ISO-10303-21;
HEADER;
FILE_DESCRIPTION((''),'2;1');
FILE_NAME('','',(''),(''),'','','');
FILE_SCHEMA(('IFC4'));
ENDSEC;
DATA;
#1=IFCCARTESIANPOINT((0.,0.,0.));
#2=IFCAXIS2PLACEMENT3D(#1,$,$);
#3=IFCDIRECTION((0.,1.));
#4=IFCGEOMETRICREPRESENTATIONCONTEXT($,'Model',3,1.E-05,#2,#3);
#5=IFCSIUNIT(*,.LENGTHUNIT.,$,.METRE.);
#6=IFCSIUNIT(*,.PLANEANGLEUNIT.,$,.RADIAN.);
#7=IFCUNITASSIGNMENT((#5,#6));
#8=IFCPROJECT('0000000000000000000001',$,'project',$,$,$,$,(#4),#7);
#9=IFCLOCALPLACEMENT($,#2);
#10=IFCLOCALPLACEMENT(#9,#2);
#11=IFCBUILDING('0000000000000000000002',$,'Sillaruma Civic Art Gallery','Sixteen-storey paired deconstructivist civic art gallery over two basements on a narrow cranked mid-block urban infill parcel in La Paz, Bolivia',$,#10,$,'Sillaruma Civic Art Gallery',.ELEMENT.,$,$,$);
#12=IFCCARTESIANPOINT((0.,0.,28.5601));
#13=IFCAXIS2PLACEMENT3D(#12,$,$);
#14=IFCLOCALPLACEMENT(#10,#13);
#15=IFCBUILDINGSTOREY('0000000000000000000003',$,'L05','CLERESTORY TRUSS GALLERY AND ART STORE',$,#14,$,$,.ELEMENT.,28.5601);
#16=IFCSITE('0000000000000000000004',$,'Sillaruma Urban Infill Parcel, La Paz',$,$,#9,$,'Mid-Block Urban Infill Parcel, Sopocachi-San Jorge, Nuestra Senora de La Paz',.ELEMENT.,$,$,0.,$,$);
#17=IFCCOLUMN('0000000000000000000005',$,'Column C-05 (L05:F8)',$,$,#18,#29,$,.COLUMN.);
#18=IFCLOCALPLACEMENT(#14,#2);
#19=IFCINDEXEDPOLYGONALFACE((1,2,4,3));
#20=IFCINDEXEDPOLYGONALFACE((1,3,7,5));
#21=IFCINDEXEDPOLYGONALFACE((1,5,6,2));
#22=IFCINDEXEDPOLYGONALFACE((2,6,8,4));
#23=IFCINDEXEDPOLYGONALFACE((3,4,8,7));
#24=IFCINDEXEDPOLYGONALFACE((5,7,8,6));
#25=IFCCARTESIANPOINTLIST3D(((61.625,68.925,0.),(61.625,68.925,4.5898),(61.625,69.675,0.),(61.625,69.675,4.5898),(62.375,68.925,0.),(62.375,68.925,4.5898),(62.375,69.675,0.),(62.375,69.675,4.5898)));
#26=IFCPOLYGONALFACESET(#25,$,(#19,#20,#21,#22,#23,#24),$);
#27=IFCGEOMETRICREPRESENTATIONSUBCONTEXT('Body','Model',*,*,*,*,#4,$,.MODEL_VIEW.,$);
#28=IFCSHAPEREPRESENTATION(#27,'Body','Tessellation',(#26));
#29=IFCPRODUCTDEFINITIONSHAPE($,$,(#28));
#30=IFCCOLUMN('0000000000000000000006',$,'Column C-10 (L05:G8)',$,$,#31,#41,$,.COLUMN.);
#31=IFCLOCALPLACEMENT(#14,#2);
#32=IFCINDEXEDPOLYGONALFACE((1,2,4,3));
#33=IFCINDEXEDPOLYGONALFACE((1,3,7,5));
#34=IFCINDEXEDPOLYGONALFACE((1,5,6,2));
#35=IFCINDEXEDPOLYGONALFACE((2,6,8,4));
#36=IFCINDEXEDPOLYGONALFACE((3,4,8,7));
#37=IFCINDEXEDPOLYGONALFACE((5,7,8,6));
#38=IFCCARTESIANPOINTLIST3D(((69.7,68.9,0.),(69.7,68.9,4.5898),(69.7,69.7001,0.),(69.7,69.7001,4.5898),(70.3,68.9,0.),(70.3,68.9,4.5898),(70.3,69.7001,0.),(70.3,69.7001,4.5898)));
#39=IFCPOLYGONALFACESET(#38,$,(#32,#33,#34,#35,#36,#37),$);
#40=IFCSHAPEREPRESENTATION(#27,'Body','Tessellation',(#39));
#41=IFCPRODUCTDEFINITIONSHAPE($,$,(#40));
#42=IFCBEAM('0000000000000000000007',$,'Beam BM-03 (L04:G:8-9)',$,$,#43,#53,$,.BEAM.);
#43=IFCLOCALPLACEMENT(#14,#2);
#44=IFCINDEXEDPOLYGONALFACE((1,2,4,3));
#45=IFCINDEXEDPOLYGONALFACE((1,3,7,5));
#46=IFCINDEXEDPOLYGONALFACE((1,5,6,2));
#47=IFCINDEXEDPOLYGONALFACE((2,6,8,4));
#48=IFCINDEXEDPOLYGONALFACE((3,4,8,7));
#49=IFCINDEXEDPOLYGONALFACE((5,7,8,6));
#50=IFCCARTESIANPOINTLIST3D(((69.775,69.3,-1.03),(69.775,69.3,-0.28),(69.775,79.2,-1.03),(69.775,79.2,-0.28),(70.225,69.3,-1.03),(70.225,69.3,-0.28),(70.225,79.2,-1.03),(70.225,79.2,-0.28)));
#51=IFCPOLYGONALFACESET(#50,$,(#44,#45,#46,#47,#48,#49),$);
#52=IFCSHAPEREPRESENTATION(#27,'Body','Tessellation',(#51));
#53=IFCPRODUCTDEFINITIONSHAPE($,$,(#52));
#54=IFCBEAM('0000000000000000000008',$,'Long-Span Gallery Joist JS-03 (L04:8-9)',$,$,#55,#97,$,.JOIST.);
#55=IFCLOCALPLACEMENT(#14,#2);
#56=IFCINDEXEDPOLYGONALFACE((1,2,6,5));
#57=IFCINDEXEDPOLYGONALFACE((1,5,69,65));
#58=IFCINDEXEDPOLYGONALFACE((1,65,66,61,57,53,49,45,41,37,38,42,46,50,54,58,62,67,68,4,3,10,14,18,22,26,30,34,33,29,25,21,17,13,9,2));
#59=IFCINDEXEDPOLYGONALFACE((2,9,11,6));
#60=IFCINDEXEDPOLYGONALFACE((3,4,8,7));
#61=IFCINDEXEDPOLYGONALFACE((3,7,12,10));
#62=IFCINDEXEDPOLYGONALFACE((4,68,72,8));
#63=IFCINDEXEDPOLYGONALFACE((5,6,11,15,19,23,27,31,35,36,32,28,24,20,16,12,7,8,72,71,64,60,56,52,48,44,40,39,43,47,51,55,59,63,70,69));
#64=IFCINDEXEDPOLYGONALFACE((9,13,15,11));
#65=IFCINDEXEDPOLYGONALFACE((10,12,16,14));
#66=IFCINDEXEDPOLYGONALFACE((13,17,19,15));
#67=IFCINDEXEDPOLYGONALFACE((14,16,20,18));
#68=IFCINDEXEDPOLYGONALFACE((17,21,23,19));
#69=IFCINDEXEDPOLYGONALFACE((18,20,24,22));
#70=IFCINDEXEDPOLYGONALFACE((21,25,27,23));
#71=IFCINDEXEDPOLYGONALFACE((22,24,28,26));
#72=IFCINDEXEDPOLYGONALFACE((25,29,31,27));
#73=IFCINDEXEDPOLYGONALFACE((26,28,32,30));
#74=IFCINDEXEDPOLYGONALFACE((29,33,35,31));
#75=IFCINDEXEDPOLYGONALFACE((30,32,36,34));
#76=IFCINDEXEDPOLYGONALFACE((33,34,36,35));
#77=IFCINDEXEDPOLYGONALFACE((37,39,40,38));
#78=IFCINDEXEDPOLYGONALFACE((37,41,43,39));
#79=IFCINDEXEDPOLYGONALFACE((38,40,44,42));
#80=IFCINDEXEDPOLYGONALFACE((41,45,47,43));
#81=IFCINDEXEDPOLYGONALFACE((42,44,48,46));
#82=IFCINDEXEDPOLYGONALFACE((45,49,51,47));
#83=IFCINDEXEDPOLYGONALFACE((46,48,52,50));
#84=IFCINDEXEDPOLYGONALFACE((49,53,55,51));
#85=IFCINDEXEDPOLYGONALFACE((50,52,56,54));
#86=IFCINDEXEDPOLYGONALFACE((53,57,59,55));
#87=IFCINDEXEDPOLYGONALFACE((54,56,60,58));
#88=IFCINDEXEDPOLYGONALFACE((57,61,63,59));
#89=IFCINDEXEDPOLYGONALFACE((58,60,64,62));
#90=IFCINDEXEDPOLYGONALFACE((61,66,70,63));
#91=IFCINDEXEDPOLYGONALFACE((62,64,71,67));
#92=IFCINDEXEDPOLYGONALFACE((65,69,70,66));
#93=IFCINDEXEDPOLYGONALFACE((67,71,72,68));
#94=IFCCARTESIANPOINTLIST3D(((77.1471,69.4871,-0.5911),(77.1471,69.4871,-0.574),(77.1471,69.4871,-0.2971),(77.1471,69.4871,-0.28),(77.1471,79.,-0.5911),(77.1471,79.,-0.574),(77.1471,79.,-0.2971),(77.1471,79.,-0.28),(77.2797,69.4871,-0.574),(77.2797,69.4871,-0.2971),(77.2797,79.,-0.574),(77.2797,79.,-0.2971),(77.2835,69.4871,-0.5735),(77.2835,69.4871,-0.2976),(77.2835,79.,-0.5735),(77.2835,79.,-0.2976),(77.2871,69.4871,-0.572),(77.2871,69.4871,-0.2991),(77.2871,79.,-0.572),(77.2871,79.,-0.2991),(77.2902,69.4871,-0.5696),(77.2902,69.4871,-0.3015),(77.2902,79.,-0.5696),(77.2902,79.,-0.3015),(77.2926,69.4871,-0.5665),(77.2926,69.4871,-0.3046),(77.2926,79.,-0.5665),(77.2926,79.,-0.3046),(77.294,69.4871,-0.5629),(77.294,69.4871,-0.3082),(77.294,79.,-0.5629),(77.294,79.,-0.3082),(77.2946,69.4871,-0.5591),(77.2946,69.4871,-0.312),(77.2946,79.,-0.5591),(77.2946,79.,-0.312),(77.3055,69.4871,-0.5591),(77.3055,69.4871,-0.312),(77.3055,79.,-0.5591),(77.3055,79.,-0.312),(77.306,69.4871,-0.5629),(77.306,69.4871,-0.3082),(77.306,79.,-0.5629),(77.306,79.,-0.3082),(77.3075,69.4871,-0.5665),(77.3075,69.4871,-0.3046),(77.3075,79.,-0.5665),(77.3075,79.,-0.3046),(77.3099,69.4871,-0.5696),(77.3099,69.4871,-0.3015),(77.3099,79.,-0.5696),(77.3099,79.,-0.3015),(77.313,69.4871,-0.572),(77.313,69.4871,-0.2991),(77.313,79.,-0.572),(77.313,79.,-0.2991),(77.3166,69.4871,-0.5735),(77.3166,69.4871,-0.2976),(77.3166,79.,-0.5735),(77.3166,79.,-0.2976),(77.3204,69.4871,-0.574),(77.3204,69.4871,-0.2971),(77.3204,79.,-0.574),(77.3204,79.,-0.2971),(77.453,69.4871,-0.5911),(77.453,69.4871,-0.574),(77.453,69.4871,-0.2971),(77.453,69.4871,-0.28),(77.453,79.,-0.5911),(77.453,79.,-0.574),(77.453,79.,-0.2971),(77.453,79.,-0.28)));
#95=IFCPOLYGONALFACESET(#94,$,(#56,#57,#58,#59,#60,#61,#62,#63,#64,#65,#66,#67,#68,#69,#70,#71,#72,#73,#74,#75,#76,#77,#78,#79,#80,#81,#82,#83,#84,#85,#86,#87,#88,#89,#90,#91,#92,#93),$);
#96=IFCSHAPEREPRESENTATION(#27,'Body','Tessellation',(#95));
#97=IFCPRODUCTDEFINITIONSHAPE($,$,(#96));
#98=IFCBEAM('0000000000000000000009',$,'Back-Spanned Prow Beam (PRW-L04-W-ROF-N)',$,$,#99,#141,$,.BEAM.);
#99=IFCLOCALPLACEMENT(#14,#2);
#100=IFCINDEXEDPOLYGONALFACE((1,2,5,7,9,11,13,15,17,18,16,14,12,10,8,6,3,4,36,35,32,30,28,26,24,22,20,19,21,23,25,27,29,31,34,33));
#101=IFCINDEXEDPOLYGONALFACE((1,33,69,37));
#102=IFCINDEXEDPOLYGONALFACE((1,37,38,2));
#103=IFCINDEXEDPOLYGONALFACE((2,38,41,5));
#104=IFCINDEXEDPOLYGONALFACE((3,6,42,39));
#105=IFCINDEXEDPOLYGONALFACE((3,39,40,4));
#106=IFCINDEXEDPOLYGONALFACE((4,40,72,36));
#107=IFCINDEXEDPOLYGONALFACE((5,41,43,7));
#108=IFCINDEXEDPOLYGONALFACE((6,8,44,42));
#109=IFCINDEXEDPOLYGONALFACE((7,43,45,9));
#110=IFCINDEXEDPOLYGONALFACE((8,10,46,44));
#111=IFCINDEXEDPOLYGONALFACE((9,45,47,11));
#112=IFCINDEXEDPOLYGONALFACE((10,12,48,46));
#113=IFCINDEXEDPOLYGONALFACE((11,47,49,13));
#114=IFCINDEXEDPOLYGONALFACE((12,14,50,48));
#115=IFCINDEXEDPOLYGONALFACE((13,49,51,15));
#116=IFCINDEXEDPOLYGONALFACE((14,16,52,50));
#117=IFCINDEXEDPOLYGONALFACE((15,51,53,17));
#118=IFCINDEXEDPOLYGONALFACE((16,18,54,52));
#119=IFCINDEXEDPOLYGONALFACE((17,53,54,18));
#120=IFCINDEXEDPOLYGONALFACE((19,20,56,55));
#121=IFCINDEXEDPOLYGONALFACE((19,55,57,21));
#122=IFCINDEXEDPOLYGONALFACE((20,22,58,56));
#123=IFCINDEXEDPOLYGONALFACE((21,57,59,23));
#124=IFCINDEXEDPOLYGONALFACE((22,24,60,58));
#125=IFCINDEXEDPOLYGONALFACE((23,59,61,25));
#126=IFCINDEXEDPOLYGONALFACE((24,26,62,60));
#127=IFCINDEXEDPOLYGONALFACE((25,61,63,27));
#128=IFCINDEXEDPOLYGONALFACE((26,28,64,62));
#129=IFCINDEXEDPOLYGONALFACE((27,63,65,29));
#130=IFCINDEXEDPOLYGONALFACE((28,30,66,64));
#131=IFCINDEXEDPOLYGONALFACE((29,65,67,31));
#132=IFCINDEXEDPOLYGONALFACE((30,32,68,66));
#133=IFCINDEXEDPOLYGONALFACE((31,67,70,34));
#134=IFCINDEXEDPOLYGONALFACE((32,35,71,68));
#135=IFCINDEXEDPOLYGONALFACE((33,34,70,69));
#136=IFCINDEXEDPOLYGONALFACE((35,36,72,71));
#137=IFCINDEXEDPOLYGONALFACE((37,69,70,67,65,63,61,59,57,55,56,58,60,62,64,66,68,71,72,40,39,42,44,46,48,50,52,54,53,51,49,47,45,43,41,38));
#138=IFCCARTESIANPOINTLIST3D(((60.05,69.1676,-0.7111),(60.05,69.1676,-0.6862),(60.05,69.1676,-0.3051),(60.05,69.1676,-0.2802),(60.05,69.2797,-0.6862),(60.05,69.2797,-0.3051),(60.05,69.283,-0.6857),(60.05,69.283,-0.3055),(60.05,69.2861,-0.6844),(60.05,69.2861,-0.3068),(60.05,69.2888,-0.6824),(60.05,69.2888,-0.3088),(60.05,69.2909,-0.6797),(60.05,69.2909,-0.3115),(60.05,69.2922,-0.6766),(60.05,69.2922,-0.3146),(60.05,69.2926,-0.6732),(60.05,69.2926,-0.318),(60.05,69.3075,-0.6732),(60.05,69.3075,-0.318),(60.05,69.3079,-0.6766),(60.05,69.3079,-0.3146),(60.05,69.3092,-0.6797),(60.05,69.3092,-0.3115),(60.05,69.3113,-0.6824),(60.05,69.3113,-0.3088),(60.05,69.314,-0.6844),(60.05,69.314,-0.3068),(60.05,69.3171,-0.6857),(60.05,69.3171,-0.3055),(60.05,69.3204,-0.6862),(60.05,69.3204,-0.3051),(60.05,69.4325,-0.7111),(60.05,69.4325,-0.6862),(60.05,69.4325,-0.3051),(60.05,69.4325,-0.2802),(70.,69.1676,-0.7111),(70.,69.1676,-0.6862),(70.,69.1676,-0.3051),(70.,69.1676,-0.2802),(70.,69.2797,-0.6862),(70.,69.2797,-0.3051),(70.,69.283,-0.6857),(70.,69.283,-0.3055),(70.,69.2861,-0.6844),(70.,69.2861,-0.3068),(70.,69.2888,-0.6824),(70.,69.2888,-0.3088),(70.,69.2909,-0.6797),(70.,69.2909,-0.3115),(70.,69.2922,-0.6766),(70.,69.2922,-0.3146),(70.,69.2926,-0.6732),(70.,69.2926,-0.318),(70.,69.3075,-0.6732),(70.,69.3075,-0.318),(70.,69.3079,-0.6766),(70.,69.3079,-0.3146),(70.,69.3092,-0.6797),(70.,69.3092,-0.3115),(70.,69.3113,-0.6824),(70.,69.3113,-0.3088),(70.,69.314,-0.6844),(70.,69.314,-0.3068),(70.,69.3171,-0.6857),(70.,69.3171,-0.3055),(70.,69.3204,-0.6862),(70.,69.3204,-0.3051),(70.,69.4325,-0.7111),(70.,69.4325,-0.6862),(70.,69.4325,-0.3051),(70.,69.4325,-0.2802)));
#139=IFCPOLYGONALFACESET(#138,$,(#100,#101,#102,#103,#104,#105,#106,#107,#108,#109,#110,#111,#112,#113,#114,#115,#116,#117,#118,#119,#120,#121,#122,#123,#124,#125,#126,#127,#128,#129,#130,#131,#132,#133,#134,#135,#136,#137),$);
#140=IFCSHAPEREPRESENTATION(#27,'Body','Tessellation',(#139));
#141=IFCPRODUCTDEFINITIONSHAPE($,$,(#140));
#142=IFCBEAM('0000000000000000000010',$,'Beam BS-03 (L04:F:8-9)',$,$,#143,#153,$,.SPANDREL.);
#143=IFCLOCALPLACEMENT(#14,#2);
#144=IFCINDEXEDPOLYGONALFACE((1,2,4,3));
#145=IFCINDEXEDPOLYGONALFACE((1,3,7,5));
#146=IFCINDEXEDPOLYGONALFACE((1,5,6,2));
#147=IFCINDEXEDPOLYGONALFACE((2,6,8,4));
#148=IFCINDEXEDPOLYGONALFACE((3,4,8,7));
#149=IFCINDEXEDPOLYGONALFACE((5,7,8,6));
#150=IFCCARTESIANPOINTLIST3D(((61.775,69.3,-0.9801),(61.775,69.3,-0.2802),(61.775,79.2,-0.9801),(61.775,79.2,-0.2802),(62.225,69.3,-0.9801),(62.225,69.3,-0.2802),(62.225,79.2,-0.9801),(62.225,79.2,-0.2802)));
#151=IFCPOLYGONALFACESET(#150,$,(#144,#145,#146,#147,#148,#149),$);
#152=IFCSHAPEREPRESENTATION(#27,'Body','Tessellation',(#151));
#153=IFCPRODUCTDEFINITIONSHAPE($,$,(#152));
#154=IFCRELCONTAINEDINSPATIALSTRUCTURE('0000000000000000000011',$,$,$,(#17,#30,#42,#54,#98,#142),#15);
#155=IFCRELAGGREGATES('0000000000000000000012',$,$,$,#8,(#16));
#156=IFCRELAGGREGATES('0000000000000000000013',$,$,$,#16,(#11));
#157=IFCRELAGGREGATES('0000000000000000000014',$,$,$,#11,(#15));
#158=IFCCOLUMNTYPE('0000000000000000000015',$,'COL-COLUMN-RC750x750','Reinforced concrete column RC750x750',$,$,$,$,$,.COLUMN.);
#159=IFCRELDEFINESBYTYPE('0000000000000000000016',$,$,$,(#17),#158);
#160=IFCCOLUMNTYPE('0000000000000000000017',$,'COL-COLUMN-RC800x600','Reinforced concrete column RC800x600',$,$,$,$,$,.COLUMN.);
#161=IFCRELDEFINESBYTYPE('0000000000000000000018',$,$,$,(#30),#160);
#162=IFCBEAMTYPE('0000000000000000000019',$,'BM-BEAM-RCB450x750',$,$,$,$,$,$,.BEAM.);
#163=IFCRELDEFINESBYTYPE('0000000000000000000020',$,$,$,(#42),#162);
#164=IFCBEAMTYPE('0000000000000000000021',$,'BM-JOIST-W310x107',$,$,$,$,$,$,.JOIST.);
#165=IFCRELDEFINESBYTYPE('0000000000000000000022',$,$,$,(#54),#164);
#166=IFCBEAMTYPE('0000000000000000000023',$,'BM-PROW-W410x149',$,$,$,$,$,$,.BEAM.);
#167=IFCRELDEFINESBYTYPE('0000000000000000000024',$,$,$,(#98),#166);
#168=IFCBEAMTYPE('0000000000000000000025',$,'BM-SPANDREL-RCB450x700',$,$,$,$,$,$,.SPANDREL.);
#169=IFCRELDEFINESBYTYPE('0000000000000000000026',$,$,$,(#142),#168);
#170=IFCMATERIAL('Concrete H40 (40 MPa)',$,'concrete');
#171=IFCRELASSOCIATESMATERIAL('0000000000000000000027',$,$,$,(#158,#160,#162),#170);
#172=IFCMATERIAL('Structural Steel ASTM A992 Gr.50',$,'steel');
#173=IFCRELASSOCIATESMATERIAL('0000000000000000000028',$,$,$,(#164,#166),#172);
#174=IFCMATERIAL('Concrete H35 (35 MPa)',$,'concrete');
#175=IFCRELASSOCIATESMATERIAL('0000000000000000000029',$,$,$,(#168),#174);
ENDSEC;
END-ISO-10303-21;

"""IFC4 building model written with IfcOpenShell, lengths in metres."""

from ifc_helpers import new_model, si_unit, direction, frame, origin, origin_2d, place, context, subcontext, project, spatial, rectangle, i_section, extrude, material, material_profile, profile_set, type_object, element, save


model = new_model("IFC4")

# Units and contexts
model_context = context("Model", 3, precision=1e-05, world=origin(), true_north=direction((0.0, 1.0)))
body_context = subcontext(model_context, "Body", "Model", "MODEL_VIEW")
ifc_project = project(units=[si_unit("LENGTHUNIT", "METRE"), si_unit("PLANEANGLEUNIT", "RADIAN")], contexts=[model_context])

# Site, building, storey
site_placement = place(None, origin())
site = spatial("IfcSite", under=ifc_project, at=site_placement, Name="Sillaruma Urban Infill Parcel, La Paz", LongName="Mid-Block Urban Infill Parcel, Sopocachi-San Jorge, Nuestra Senora de La Paz", CompositionType="ELEMENT", RefElevation=0.0)
building_placement = place(site_placement, origin())
building = spatial("IfcBuilding", under=site, at=building_placement, Name="Sillaruma Civic Art Gallery", Description="Sixteen-storey paired deconstructivist civic art gallery over two basements on a narrow cranked mid-block urban infill parcel in La Paz, Bolivia", LongName="Sillaruma Civic Art Gallery", CompositionType="ELEMENT")
storey_placement = place(building_placement, frame((0.0, 0.0, 28.5601)))
storey = spatial("IfcBuildingStorey", under=building, at=storey_placement, Name="L05", Description="CLERESTORY TRUSS GALLERY AND ART STORE", CompositionType="ELEMENT", Elevation=28.5601)

# Columns
ifc_material_1 = material(Name="Concrete H40 (40 MPa)", Category="concrete")
ifc_material_profile_1 = material_profile(ifc_material_1, rectangle(XDim=0.75, YDim=0.75, at=origin_2d()), Name="RC750x750")
ifc_profile_set_1 = profile_set([ifc_material_profile_1], Name="Concrete H40 (40 MPa)")
column_type_1 = type_object("IfcColumnType", Name="COL-COLUMN-RC750x750", Description="Reinforced concrete column RC750x750", PredefinedType="COLUMN", material=ifc_profile_set_1)
column_1_placement = place(storey_placement, frame((62.0, 69.3, 0.0), z_axis=(0.0, 0.0, 1.0), x_axis=(1.0, 0.0, 0.0)))
element("IfcColumn", 1, at=column_1_placement, inside=storey, type_object=column_type_1, Name="Column C-05 (L05:F8)", PredefinedType="COLUMN", context=body_context, shape_type="SweptSolid", body=[
    extrude(rectangle(XDim=0.75, YDim=0.75, at=origin_2d()), origin(), (0.0, 0.0, 1.0), 4.5898),
])
ifc_material_profile_2 = material_profile(ifc_material_1, rectangle(XDim=0.6001, YDim=0.8, at=origin_2d()), Name="RC800x600")
ifc_profile_set_2 = profile_set([ifc_material_profile_2], Name="Concrete H40 (40 MPa)")
column_type_2 = type_object("IfcColumnType", Name="COL-COLUMN-RC800x600", Description="Reinforced concrete column RC800x600", PredefinedType="COLUMN", material=ifc_profile_set_2)
column_2_placement = place(storey_placement, frame((70.0, 69.3, 0.0), z_axis=(0.0, 0.0, 1.0), x_axis=(1.0, 0.0, 0.0)))
element("IfcColumn", 2, at=column_2_placement, inside=storey, type_object=column_type_2, Name="Column C-10 (L05:G8)", PredefinedType="COLUMN", context=body_context, shape_type="SweptSolid", body=[
    extrude(rectangle(XDim=0.6001, YDim=0.8, at=origin_2d()), origin(), (0.0, 0.0, 1.0), 4.5898),
])

# Beams
ifc_material_profile_3 = material_profile(ifc_material_1, rectangle(XDim=0.45, YDim=0.75, at=origin_2d()), Name="RCB450x750")
ifc_profile_set_3 = profile_set([ifc_material_profile_3], Name="Concrete H40 (40 MPa)")
beam_type_1 = type_object("IfcBeamType", Name="BM-BEAM-RCB450x750", PredefinedType="BEAM", material=ifc_profile_set_3)
beam_1_placement = place(storey_placement, frame((70.0, 69.3, -0.655), z_axis=(0.0, 1.0, 0.0), x_axis=(-1.0, 0.0, 0.0)))
element("IfcBeam", 3, at=beam_1_placement, inside=storey, type_object=beam_type_1, Name="Beam BM-03 (L04:G:8-9)", PredefinedType="BEAM", context=body_context, shape_type="SweptSolid", body=[
    extrude(rectangle(XDim=0.45, YDim=0.75, at=origin_2d()), origin(), (0.0, 0.0, 1.0), 9.8999),
])
ifc_material_2 = material(Name="Structural Steel ASTM A992 Gr.50", Category="steel")
ifc_material_profile_4 = material_profile(ifc_material_2, i_section(OverallWidth=0.3059, OverallDepth=0.311, WebThickness=0.011, FlangeThickness=0.0171, FilletRadius=0.0149, at=origin_2d()), Name="W310x107")
ifc_profile_set_4 = profile_set([ifc_material_profile_4], Name="Structural Steel ASTM A992 Gr.50")
beam_type_2 = type_object("IfcBeamType", Name="BM-JOIST-W310x107", PredefinedType="JOIST", material=ifc_profile_set_4)
beam_2_placement = place(storey_placement, frame((77.3, 69.4871, -0.4355), z_axis=(0.0, 1.0, 0.0), x_axis=(-1.0, 0.0, 0.0)))
element("IfcBeam", 4, at=beam_2_placement, inside=storey, type_object=beam_type_2, Name="Long-Span Gallery Joist JS-03 (L04:8-9)", PredefinedType="JOIST", context=body_context, shape_type="SweptSolid", body=[
    extrude(i_section(OverallWidth=0.3059, OverallDepth=0.311, WebThickness=0.011, FlangeThickness=0.0171, FilletRadius=0.0149, at=origin_2d()), origin(), (0.0, 0.0, 1.0), 9.5129),
])
ifc_material_profile_5 = material_profile(ifc_material_2, i_section(OverallWidth=0.2649, OverallDepth=0.4309, WebThickness=0.0149, FlangeThickness=0.0249, FilletRadius=0.0129, at=origin_2d()), Name="W410x149")
ifc_profile_set_5 = profile_set([ifc_material_profile_5], Name="Structural Steel ASTM A992 Gr.50")
beam_type_3 = type_object("IfcBeamType", Name="BM-PROW-W410x149", PredefinedType="BEAM", material=ifc_profile_set_5)
beam_3_placement = place(storey_placement, frame((70.0, 69.3, -0.4956), z_axis=(-1.0, 0.0, 0.0), x_axis=(0.0, -1.0, 0.0)))
element("IfcBeam", 5, at=beam_3_placement, inside=storey, type_object=beam_type_3, Name="Back-Spanned Prow Beam (PRW-L04-W-ROF-N)", PredefinedType="BEAM", context=body_context, shape_type="SweptSolid", body=[
    extrude(i_section(OverallWidth=0.2649, OverallDepth=0.4309, WebThickness=0.0149, FlangeThickness=0.0249, FilletRadius=0.0129, at=origin_2d()), origin(), (0.0, 0.0, 1.0), 9.95),
])
ifc_material_3 = material(Name="Concrete H35 (35 MPa)", Category="concrete")
ifc_material_profile_6 = material_profile(ifc_material_3, rectangle(XDim=0.45, YDim=0.7, at=origin_2d()), Name="RCB450x700")
ifc_profile_set_6 = profile_set([ifc_material_profile_6], Name="Concrete H35 (35 MPa)")
beam_type_4 = type_object("IfcBeamType", Name="BM-SPANDREL-RCB450x700", PredefinedType="SPANDREL", material=ifc_profile_set_6)
beam_4_placement = place(storey_placement, frame((62.0, 69.3, -0.6301), z_axis=(0.0, 1.0, 0.0), x_axis=(-1.0, 0.0, 0.0)))
element("IfcBeam", 6, at=beam_4_placement, inside=storey, type_object=beam_type_4, Name="Beam BS-03 (L04:F:8-9)", PredefinedType="SPANDREL", context=body_context, shape_type="SweptSolid", body=[
    extrude(rectangle(XDim=0.45, YDim=0.7, at=origin_2d()), origin(), (0.0, 0.0, 1.0), 9.8999),
])

save(model, "model.ifc")
